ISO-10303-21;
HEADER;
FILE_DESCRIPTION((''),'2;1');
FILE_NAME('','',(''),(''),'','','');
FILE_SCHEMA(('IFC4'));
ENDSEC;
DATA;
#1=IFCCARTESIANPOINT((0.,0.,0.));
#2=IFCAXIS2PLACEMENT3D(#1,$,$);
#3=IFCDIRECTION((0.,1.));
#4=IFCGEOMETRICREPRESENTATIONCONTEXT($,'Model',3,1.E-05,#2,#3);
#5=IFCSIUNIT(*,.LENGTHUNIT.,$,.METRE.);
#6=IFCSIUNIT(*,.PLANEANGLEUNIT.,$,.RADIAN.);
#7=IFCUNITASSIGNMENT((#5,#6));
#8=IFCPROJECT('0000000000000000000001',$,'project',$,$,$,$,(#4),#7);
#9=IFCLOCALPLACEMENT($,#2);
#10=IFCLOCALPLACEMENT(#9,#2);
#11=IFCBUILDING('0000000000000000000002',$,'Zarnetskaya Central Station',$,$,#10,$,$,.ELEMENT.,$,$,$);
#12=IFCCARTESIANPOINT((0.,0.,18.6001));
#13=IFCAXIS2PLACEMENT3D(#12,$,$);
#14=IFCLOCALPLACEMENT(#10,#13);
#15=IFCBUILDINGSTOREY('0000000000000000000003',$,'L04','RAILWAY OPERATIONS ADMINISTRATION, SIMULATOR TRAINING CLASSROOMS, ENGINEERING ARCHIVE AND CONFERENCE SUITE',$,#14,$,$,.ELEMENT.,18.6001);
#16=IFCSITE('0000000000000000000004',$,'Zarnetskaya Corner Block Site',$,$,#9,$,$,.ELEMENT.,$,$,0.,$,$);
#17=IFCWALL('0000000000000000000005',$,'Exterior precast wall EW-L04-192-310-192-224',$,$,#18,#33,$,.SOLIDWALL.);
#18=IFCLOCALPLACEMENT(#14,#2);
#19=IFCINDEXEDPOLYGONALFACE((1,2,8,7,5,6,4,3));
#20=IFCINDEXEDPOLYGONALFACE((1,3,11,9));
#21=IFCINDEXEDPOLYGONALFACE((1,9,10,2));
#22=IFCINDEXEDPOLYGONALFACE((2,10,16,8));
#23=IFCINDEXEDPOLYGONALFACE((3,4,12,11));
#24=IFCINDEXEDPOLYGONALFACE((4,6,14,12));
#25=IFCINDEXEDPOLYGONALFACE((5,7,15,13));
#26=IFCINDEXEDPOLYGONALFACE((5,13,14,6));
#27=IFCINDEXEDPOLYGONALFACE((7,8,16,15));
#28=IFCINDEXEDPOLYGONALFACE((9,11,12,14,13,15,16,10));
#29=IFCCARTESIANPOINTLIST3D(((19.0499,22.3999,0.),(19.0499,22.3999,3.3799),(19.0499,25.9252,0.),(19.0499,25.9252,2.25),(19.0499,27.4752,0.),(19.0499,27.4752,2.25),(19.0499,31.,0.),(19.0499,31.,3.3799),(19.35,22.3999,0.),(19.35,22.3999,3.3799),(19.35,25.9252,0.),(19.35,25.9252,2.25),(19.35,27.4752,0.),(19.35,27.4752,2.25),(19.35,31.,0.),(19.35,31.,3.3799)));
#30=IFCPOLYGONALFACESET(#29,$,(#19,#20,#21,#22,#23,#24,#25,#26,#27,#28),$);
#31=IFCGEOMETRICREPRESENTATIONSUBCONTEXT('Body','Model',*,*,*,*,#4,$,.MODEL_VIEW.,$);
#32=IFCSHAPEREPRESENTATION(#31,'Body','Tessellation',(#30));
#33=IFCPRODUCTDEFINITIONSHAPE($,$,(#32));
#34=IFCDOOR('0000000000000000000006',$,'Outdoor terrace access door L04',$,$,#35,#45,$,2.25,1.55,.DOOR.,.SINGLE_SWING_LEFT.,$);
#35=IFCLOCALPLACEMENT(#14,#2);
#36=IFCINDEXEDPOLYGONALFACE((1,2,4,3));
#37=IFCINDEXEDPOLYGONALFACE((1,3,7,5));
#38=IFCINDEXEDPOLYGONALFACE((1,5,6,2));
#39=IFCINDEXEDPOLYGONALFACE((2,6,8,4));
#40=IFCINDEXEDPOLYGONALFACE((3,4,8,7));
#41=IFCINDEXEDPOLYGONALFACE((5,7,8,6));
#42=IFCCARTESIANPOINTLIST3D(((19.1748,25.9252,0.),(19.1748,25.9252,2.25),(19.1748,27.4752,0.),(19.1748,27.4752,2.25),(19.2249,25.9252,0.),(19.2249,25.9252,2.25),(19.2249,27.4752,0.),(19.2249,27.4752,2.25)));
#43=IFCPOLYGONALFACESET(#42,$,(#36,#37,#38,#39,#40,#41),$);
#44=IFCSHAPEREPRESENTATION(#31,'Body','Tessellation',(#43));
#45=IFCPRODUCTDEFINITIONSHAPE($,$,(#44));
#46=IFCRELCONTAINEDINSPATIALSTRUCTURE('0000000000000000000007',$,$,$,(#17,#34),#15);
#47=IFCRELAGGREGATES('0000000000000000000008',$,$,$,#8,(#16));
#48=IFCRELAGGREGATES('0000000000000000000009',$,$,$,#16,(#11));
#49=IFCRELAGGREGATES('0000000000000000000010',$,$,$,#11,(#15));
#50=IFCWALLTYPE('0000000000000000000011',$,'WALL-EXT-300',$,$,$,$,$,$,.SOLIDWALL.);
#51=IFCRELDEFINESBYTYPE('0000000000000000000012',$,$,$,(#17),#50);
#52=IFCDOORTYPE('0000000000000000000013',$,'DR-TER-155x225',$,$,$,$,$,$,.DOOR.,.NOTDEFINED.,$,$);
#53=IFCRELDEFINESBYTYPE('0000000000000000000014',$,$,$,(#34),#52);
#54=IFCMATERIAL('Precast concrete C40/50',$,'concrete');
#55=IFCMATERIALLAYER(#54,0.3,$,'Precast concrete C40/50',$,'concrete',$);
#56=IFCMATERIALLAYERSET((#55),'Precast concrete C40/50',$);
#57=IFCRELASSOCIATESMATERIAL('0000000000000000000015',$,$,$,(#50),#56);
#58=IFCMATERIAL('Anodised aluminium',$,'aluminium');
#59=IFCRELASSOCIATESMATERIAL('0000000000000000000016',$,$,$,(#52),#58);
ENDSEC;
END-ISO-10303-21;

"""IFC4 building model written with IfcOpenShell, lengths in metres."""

from ifc_helpers import new_model, si_unit, direction, frame, frame_2d, origin, place, context, subcontext, project, spatial, rectangle, extrude, material, layer, layer_set, type_object, element, fill, save


model = new_model("IFC4")

# Units and contexts
model_context = context("Model", 3, precision=1e-05, world=origin(), true_north=direction((0.0, 1.0)))
body_context = subcontext(model_context, "Body", "Model", "MODEL_VIEW")
ifc_project = project(units=[si_unit("LENGTHUNIT", "METRE"), si_unit("PLANEANGLEUNIT", "RADIAN")], contexts=[model_context])

# Site, building, storey
site_placement = place(None, origin())
site = spatial("IfcSite", under=ifc_project, at=site_placement, Name="Zarnetskaya Corner Block Site", CompositionType="ELEMENT", RefElevation=0.0)
building_placement = place(site_placement, origin())
building = spatial("IfcBuilding", under=site, at=building_placement, Name="Zarnetskaya Central Station", CompositionType="ELEMENT")
storey_placement = place(building_placement, frame((0.0, 0.0, 18.6001)))
storey = spatial("IfcBuildingStorey", under=building, at=storey_placement, Name="L04", Description="RAILWAY OPERATIONS ADMINISTRATION, SIMULATOR TRAINING CLASSROOMS, ENGINEERING ARCHIVE AND CONFERENCE SUITE", CompositionType="ELEMENT", Elevation=18.6001)

# Shared definitions
ifc_material_1 = material(Name="Anodised aluminium", Category="aluminium")

# Wall, opening, door
ifc_material_2 = material(Name="Precast concrete C40/50", Category="concrete")
ifc_layer_1 = layer(ifc_material_2, 0.3, Name="Precast concrete C40/50", Category="concrete")
ifc_layer_set_1 = layer_set([ifc_layer_1], Name="Precast concrete C40/50")
wall_type_1 = type_object("IfcWallType", Name="WALL-EXT-300", PredefinedType="SOLIDWALL", material=ifc_layer_set_1)
wall_1_placement = place(storey_placement, frame((19.2, 31.0, 0.0), z_axis=(0.0, 0.0, 1.0), x_axis=(0.0, -1.0, 0.0)))
wall_1 = element("IfcWall", 1, at=wall_1_placement, inside=storey, type_object=wall_type_1, Name="Exterior precast wall EW-L04-192-310-192-224", PredefinedType="SOLIDWALL", context=body_context, shape_type="SweptSolid", body=[
    extrude(rectangle(XDim=8.6001, YDim=0.3, at=frame_2d((4.3, 0.0))), origin(), (0.0, 0.0, 1.0), 3.3799),
])
opening_1_placement = place(wall_1_placement, frame((3.5249, 0.0, 0.0)))
opening_1 = element("IfcOpeningElement", 2, at=opening_1_placement, cuts=wall_1, PredefinedType="OPENING", context=body_context, shape_type="SweptSolid", body=[
    extrude(rectangle(XDim=1.55, YDim=2.25, at=frame_2d((0.7749, 1.125))), frame((0.0, 0.1602, 0.0), z_axis=(0.0, -1.0, 0.0), x_axis=(1.0, 0.0, 0.0)), (0.0, 0.0, 1.0), 0.3201),
])
door_type_1 = type_object("IfcDoorType", Name="DR-TER-155x225", OperationType="NOTDEFINED", PredefinedType="DOOR", material=ifc_material_1)
door_1_placement = place(opening_1_placement, origin())
door_1 = element("IfcDoor", 3, at=door_1_placement, inside=storey, type_object=door_type_1, Name="Outdoor terrace access door L04", OperationType="SINGLE_SWING_LEFT", OverallHeight=2.25, OverallWidth=1.55, PredefinedType="DOOR", context=body_context, shape_type="SweptSolid", body=[
    extrude(rectangle(XDim=1.55, YDim=2.25, at=frame_2d((0.7749, 1.125))), frame((0.0, 0.0249, 0.0), z_axis=(0.0, -1.0, 0.0), x_axis=(1.0, 0.0, 0.0)), (0.0, 0.0, 1.0), 0.05),
])
fill(opening_1, door_1)

save(model, "model.ifc")
